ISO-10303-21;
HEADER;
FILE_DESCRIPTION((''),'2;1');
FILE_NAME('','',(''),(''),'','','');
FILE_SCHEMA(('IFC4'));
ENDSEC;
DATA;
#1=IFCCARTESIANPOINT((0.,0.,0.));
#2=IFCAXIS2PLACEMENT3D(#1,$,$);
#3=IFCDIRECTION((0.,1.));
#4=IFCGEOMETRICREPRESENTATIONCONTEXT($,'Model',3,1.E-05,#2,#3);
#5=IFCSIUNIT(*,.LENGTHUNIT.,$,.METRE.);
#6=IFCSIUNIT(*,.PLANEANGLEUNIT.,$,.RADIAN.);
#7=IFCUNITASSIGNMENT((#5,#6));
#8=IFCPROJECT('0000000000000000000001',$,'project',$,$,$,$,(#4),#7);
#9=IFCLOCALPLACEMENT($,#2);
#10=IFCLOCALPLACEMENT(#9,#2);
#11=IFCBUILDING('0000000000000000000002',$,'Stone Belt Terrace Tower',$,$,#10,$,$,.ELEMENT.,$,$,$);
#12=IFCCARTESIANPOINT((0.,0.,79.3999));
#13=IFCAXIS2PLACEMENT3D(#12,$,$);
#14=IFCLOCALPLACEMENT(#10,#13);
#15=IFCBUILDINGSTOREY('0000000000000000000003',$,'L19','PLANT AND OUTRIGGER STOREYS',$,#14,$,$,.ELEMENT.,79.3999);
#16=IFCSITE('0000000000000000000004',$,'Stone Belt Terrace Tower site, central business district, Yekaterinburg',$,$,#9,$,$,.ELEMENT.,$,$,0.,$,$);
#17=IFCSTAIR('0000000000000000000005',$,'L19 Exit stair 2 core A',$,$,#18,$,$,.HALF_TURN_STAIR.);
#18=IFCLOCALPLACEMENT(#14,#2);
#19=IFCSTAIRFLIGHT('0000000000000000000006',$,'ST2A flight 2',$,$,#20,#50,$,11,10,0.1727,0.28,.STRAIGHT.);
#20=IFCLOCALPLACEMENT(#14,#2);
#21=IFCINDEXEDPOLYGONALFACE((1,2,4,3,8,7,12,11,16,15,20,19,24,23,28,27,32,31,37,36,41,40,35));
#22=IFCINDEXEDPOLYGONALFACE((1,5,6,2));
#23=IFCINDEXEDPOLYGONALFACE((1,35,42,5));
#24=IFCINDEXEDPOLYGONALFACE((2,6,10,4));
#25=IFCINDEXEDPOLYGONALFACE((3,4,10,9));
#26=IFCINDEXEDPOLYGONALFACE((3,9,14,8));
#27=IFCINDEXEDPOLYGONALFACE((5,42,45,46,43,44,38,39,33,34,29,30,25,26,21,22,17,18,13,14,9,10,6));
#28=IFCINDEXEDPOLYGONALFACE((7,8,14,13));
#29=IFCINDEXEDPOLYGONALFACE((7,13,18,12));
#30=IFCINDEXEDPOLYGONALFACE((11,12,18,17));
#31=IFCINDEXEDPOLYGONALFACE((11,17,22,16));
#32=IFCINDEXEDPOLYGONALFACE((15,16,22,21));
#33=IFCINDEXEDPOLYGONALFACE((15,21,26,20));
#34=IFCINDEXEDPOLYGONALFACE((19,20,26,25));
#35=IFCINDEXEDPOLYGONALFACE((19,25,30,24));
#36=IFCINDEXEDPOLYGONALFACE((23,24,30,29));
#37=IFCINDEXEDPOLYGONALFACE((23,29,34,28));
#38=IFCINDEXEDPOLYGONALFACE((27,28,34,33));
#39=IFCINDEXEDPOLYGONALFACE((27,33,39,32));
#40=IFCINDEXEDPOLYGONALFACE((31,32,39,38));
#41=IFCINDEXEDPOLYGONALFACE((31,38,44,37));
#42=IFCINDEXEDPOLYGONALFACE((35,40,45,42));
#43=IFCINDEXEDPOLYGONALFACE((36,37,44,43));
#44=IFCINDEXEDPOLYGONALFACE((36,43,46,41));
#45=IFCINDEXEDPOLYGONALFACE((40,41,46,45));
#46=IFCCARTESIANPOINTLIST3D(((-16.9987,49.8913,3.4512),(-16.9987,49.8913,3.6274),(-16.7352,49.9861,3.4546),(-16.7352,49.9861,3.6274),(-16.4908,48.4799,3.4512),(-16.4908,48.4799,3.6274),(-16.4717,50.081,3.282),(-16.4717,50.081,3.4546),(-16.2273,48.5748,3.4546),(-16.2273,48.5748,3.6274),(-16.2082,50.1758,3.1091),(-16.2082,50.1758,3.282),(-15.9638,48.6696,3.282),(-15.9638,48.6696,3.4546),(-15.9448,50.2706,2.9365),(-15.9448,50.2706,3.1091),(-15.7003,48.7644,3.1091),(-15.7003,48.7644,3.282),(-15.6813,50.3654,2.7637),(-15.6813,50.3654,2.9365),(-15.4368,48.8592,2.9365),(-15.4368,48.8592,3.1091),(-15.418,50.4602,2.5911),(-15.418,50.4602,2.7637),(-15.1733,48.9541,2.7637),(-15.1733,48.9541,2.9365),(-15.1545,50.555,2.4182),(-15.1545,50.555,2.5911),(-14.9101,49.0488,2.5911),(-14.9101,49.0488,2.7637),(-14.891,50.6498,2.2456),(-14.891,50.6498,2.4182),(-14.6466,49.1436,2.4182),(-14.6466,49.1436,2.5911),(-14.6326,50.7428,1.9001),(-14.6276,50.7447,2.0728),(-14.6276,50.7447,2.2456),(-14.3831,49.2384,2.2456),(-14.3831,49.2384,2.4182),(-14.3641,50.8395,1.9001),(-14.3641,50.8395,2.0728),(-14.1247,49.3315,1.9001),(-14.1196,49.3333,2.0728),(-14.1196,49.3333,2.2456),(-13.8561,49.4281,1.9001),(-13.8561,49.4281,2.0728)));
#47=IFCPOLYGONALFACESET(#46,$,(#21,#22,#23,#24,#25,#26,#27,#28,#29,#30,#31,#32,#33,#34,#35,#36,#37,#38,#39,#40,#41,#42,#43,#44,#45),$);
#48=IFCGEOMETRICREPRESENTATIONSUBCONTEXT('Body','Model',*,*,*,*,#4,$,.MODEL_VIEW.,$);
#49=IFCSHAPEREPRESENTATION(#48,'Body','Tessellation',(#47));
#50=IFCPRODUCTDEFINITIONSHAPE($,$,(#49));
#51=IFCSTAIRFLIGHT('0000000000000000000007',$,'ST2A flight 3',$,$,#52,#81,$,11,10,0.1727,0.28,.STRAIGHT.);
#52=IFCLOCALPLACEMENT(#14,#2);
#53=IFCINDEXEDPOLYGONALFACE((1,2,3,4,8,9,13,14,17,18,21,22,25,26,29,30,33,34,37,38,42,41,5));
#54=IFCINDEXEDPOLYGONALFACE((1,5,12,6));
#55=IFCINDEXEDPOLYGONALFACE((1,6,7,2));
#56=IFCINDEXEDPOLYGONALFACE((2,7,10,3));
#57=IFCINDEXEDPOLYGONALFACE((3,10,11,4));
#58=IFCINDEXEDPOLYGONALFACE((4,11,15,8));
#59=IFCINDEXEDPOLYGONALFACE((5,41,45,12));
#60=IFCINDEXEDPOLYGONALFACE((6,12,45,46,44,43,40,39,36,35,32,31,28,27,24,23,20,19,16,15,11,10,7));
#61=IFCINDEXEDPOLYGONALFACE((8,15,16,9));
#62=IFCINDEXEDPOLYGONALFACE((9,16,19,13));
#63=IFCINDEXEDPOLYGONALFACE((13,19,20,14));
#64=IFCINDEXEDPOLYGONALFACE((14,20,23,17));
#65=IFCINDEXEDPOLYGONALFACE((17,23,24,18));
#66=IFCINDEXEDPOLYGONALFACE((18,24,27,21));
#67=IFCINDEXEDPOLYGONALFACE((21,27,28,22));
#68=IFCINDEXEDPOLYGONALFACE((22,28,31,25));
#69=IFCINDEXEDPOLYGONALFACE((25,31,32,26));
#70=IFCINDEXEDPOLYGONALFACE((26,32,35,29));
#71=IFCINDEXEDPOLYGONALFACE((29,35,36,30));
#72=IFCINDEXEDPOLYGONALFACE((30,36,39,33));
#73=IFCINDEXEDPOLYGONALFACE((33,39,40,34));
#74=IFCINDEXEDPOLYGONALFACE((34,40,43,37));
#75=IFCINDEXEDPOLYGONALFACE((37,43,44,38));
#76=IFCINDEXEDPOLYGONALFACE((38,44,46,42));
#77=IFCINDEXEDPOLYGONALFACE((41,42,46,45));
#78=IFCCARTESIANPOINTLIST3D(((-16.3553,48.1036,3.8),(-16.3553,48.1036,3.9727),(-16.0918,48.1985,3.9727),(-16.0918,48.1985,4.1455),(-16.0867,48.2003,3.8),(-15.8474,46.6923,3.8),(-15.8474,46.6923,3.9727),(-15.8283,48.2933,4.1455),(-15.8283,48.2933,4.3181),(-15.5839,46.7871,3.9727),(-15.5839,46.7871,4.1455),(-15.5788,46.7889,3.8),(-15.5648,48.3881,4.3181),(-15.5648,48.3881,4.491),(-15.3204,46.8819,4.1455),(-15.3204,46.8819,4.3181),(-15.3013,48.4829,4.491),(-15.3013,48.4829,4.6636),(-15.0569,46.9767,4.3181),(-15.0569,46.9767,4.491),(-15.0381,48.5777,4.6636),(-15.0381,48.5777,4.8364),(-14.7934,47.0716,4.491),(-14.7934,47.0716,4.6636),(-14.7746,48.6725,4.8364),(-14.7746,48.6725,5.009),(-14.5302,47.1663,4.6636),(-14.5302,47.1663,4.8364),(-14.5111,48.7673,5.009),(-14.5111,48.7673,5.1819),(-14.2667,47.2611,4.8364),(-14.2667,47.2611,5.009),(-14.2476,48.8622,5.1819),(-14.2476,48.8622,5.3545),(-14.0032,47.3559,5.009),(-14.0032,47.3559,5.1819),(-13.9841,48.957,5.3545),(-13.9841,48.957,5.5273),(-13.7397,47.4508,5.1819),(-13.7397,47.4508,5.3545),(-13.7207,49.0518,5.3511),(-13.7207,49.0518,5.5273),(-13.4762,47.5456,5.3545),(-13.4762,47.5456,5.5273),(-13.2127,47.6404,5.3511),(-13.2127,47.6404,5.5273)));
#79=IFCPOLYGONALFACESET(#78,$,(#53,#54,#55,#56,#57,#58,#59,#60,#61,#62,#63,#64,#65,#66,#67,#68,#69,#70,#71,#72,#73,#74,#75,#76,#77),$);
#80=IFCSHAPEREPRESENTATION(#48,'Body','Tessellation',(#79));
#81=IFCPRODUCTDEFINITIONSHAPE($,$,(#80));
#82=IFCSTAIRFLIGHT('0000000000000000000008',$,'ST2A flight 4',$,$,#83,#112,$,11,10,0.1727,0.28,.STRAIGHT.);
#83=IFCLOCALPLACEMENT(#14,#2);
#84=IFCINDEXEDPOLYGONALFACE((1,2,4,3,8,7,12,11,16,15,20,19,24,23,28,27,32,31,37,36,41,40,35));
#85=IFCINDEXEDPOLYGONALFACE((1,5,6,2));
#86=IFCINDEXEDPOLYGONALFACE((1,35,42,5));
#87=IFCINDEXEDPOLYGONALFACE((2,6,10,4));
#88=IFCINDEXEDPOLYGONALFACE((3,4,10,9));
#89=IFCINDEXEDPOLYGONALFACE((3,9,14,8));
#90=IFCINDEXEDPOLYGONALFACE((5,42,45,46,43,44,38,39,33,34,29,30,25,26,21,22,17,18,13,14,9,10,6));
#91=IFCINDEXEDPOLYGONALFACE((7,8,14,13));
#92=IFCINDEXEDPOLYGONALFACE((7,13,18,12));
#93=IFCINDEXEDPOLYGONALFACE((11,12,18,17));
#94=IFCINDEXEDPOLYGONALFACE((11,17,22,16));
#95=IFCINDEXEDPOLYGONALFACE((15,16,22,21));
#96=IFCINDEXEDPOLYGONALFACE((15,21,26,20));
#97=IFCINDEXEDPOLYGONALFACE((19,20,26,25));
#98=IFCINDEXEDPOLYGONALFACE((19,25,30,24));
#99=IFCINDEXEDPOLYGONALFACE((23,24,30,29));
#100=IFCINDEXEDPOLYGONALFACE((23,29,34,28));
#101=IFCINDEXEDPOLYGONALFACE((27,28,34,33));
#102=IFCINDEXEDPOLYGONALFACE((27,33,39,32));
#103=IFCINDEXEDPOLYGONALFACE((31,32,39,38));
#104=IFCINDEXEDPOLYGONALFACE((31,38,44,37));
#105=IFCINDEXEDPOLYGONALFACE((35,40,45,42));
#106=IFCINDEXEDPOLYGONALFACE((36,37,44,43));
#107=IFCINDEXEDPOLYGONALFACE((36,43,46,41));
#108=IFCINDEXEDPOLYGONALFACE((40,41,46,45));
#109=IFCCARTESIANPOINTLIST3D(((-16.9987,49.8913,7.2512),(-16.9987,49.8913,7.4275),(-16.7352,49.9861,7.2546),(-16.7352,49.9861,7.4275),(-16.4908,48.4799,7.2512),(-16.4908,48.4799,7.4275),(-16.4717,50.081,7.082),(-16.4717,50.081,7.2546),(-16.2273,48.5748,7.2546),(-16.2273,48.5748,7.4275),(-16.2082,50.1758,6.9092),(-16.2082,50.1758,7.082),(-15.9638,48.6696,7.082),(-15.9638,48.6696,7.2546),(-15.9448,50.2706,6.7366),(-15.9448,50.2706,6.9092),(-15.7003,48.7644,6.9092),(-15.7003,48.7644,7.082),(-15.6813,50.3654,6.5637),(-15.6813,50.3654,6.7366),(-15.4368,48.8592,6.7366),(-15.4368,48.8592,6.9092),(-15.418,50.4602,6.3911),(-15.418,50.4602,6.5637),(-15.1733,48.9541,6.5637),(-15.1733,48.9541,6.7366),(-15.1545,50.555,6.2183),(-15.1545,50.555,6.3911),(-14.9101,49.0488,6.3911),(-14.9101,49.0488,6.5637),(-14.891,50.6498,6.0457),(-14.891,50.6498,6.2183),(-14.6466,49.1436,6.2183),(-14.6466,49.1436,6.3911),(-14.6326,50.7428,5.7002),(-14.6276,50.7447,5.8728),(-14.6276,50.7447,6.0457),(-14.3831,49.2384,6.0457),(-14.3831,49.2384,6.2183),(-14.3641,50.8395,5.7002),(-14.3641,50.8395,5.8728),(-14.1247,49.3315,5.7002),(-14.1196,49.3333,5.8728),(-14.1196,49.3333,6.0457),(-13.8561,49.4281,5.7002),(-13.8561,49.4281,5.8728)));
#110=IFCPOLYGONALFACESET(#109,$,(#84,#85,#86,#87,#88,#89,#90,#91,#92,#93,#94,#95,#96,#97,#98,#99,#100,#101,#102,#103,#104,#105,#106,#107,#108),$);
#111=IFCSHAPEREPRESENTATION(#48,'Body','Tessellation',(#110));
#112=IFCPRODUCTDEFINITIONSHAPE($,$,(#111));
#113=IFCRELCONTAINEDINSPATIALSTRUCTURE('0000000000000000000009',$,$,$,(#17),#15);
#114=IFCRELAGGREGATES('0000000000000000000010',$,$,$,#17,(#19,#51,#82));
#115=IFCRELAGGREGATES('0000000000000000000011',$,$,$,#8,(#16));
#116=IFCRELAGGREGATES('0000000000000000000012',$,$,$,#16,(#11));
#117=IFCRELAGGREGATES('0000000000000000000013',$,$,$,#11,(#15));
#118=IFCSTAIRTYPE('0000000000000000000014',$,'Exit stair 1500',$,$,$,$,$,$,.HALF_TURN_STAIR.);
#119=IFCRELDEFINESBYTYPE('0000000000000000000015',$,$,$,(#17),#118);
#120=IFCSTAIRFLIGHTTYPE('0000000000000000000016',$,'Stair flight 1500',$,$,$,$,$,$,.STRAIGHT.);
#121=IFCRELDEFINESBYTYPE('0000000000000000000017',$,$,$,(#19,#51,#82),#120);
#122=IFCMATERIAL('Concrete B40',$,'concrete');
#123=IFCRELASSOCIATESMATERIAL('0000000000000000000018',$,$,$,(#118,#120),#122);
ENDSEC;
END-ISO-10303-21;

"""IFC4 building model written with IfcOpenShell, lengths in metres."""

from ifc_helpers import new_model, si_unit, direction, frame, origin, place, context, subcontext, project, spatial, polyline, outline, extrude, material, type_object, element, aggregate, save


model = new_model("IFC4")

# Units and contexts
model_context = context("Model", 3, precision=1e-05, world=origin(), true_north=direction((0.0, 1.0)))
body_context = subcontext(model_context, "Body", "Model", "MODEL_VIEW")
ifc_project = project(units=[si_unit("LENGTHUNIT", "METRE"), si_unit("PLANEANGLEUNIT", "RADIAN")], contexts=[model_context])

# Site, building, storey
site_placement = place(None, origin())
site = spatial("IfcSite", under=ifc_project, at=site_placement, Name="Stone Belt Terrace Tower site, central business district, Yekaterinburg", CompositionType="ELEMENT", RefElevation=0.0)
building_placement = place(site_placement, origin())
building = spatial("IfcBuilding", under=site, at=building_placement, Name="Stone Belt Terrace Tower", CompositionType="ELEMENT")
storey_placement = place(building_placement, frame((0.0, 0.0, 79.3999)))
storey = spatial("IfcBuildingStorey", under=building, at=storey_placement, Name="L19", Description="PLANT AND OUTRIGGER STOREYS", CompositionType="ELEMENT", Elevation=79.3999)

# Stair, stair flights
ifc_material_1 = material(Name="Concrete B40", Category="concrete")
stair_type = type_object("IfcStairType", Name="Exit stair 1500", PredefinedType="HALF_TURN_STAIR", material=ifc_material_1)
stair_placement = place(storey_placement, origin())
stair = element("IfcStair", 1, at=stair_placement, inside=storey, type_object=stair_type, Name="L19 Exit stair 2 core A", PredefinedType="HALF_TURN_STAIR")
stair_flight_type = type_object("IfcStairFlightType", Name="Stair flight 1500", PredefinedType="STRAIGHT", material=ifc_material_1)
stair_flight_1_placement = place(storey_placement, frame((-14.1101, 50.1338, 1.9001), z_axis=(0.0, 0.0, 1.0), x_axis=(-0.940922, -0.338624, 0.0)))
stair_flight_1 = element("IfcStairFlight", 2, at=stair_flight_1_placement, type_object=stair_flight_type, Name="ST2A flight 2", NumberOfRisers=11, NumberOfTreads=10, PredefinedType="STRAIGHT", RiserHeight=0.1727, TreadLength=0.28, context=body_context, shape_type="SweptSolid", body=[
    extrude(outline(polyline([(0.0, 0.0), (0.0, 0.1726), (0.28, 0.1726), (0.28, 0.3455), (0.5601, 0.3455), (0.5601, 0.5181), (0.8401, 0.5181), (0.8401, 0.6909), (1.1201, 0.6909), (1.1201, 0.8635), (1.3999, 0.8635), (1.3999, 1.0364), (1.6799, 1.0364), (1.6799, 1.209), (1.96, 1.209), (1.96, 1.3818), (2.24, 1.3818), (2.24, 1.5544), (2.52, 1.5544), (2.52, 1.7273), (2.8, 1.7273), (2.8, 1.8999), (2.8, 1.551), (0.2854, 0.0), (0.0, 0.0)])), frame((0.0, 0.75, 0.0), z_axis=(0.0, -1.0, 0.0), x_axis=(1.0, 0.0, 0.0)), (0.0, 0.0, 1.0), 1.5),
])
stair_flight_2_placement = place(storey_placement, frame((-16.1013, 47.3979, 3.8), z_axis=(0.0, 0.0, 1.0), x_axis=(0.940922, 0.338624, 0.0)))
stair_flight_2 = element("IfcStairFlight", 3, at=stair_flight_2_placement, type_object=stair_flight_type, Name="ST2A flight 3", NumberOfRisers=11, NumberOfTreads=10, PredefinedType="STRAIGHT", RiserHeight=0.1727, TreadLength=0.28, context=body_context, shape_type="SweptSolid", body=[
    extrude(outline(polyline([(0.0, 0.0), (0.0, 0.1726), (0.28, 0.1726), (0.28, 0.3455), (0.5601, 0.3455), (0.5601, 0.5181), (0.8401, 0.5181), (0.8401, 0.6909), (1.1201, 0.6909), (1.1201, 0.8635), (1.3999, 0.8635), (1.3999, 1.0364), (1.6799, 1.0364), (1.6799, 1.209), (1.96, 1.209), (1.96, 1.3818), (2.24, 1.3818), (2.24, 1.5544), (2.52, 1.5544), (2.52, 1.7273), (2.8, 1.7273), (2.8, 1.8999), (2.8, 1.551), (0.2854, 0.0), (0.0, 0.0)])), frame((0.0, 0.75, 0.0), z_axis=(0.0, -1.0, 0.0), x_axis=(1.0, 0.0, 0.0)), (0.0, 0.0, 1.0), 1.5),
])
stair_flight_3_placement = place(storey_placement, frame((-14.1101, 50.1338, 5.7002), z_axis=(0.0, 0.0, 1.0), x_axis=(-0.940922, -0.338624, 0.0)))
stair_flight_3 = element("IfcStairFlight", 4, at=stair_flight_3_placement, type_object=stair_flight_type, Name="ST2A flight 4", NumberOfRisers=11, NumberOfTreads=10, PredefinedType="STRAIGHT", RiserHeight=0.1727, TreadLength=0.28, context=body_context, shape_type="SweptSolid", body=[
    extrude(outline(polyline([(0.0, 0.0), (0.0, 0.1726), (0.28, 0.1726), (0.28, 0.3455), (0.5601, 0.3455), (0.5601, 0.5181), (0.8401, 0.5181), (0.8401, 0.6909), (1.1201, 0.6909), (1.1201, 0.8635), (1.3999, 0.8635), (1.3999, 1.0364), (1.6799, 1.0364), (1.6799, 1.209), (1.96, 1.209), (1.96, 1.3818), (2.24, 1.3818), (2.24, 1.5544), (2.52, 1.5544), (2.52, 1.7273), (2.8, 1.7273), (2.8, 1.8999), (2.8, 1.551), (0.2854, 0.0), (0.0, 0.0)])), frame((0.0, 0.75, 0.0), z_axis=(0.0, -1.0, 0.0), x_axis=(1.0, 0.0, 0.0)), (0.0, 0.0, 1.0), 1.5),
])
aggregate(stair, [stair_flight_1, stair_flight_2, stair_flight_3])

save(model, "model.ifc")
